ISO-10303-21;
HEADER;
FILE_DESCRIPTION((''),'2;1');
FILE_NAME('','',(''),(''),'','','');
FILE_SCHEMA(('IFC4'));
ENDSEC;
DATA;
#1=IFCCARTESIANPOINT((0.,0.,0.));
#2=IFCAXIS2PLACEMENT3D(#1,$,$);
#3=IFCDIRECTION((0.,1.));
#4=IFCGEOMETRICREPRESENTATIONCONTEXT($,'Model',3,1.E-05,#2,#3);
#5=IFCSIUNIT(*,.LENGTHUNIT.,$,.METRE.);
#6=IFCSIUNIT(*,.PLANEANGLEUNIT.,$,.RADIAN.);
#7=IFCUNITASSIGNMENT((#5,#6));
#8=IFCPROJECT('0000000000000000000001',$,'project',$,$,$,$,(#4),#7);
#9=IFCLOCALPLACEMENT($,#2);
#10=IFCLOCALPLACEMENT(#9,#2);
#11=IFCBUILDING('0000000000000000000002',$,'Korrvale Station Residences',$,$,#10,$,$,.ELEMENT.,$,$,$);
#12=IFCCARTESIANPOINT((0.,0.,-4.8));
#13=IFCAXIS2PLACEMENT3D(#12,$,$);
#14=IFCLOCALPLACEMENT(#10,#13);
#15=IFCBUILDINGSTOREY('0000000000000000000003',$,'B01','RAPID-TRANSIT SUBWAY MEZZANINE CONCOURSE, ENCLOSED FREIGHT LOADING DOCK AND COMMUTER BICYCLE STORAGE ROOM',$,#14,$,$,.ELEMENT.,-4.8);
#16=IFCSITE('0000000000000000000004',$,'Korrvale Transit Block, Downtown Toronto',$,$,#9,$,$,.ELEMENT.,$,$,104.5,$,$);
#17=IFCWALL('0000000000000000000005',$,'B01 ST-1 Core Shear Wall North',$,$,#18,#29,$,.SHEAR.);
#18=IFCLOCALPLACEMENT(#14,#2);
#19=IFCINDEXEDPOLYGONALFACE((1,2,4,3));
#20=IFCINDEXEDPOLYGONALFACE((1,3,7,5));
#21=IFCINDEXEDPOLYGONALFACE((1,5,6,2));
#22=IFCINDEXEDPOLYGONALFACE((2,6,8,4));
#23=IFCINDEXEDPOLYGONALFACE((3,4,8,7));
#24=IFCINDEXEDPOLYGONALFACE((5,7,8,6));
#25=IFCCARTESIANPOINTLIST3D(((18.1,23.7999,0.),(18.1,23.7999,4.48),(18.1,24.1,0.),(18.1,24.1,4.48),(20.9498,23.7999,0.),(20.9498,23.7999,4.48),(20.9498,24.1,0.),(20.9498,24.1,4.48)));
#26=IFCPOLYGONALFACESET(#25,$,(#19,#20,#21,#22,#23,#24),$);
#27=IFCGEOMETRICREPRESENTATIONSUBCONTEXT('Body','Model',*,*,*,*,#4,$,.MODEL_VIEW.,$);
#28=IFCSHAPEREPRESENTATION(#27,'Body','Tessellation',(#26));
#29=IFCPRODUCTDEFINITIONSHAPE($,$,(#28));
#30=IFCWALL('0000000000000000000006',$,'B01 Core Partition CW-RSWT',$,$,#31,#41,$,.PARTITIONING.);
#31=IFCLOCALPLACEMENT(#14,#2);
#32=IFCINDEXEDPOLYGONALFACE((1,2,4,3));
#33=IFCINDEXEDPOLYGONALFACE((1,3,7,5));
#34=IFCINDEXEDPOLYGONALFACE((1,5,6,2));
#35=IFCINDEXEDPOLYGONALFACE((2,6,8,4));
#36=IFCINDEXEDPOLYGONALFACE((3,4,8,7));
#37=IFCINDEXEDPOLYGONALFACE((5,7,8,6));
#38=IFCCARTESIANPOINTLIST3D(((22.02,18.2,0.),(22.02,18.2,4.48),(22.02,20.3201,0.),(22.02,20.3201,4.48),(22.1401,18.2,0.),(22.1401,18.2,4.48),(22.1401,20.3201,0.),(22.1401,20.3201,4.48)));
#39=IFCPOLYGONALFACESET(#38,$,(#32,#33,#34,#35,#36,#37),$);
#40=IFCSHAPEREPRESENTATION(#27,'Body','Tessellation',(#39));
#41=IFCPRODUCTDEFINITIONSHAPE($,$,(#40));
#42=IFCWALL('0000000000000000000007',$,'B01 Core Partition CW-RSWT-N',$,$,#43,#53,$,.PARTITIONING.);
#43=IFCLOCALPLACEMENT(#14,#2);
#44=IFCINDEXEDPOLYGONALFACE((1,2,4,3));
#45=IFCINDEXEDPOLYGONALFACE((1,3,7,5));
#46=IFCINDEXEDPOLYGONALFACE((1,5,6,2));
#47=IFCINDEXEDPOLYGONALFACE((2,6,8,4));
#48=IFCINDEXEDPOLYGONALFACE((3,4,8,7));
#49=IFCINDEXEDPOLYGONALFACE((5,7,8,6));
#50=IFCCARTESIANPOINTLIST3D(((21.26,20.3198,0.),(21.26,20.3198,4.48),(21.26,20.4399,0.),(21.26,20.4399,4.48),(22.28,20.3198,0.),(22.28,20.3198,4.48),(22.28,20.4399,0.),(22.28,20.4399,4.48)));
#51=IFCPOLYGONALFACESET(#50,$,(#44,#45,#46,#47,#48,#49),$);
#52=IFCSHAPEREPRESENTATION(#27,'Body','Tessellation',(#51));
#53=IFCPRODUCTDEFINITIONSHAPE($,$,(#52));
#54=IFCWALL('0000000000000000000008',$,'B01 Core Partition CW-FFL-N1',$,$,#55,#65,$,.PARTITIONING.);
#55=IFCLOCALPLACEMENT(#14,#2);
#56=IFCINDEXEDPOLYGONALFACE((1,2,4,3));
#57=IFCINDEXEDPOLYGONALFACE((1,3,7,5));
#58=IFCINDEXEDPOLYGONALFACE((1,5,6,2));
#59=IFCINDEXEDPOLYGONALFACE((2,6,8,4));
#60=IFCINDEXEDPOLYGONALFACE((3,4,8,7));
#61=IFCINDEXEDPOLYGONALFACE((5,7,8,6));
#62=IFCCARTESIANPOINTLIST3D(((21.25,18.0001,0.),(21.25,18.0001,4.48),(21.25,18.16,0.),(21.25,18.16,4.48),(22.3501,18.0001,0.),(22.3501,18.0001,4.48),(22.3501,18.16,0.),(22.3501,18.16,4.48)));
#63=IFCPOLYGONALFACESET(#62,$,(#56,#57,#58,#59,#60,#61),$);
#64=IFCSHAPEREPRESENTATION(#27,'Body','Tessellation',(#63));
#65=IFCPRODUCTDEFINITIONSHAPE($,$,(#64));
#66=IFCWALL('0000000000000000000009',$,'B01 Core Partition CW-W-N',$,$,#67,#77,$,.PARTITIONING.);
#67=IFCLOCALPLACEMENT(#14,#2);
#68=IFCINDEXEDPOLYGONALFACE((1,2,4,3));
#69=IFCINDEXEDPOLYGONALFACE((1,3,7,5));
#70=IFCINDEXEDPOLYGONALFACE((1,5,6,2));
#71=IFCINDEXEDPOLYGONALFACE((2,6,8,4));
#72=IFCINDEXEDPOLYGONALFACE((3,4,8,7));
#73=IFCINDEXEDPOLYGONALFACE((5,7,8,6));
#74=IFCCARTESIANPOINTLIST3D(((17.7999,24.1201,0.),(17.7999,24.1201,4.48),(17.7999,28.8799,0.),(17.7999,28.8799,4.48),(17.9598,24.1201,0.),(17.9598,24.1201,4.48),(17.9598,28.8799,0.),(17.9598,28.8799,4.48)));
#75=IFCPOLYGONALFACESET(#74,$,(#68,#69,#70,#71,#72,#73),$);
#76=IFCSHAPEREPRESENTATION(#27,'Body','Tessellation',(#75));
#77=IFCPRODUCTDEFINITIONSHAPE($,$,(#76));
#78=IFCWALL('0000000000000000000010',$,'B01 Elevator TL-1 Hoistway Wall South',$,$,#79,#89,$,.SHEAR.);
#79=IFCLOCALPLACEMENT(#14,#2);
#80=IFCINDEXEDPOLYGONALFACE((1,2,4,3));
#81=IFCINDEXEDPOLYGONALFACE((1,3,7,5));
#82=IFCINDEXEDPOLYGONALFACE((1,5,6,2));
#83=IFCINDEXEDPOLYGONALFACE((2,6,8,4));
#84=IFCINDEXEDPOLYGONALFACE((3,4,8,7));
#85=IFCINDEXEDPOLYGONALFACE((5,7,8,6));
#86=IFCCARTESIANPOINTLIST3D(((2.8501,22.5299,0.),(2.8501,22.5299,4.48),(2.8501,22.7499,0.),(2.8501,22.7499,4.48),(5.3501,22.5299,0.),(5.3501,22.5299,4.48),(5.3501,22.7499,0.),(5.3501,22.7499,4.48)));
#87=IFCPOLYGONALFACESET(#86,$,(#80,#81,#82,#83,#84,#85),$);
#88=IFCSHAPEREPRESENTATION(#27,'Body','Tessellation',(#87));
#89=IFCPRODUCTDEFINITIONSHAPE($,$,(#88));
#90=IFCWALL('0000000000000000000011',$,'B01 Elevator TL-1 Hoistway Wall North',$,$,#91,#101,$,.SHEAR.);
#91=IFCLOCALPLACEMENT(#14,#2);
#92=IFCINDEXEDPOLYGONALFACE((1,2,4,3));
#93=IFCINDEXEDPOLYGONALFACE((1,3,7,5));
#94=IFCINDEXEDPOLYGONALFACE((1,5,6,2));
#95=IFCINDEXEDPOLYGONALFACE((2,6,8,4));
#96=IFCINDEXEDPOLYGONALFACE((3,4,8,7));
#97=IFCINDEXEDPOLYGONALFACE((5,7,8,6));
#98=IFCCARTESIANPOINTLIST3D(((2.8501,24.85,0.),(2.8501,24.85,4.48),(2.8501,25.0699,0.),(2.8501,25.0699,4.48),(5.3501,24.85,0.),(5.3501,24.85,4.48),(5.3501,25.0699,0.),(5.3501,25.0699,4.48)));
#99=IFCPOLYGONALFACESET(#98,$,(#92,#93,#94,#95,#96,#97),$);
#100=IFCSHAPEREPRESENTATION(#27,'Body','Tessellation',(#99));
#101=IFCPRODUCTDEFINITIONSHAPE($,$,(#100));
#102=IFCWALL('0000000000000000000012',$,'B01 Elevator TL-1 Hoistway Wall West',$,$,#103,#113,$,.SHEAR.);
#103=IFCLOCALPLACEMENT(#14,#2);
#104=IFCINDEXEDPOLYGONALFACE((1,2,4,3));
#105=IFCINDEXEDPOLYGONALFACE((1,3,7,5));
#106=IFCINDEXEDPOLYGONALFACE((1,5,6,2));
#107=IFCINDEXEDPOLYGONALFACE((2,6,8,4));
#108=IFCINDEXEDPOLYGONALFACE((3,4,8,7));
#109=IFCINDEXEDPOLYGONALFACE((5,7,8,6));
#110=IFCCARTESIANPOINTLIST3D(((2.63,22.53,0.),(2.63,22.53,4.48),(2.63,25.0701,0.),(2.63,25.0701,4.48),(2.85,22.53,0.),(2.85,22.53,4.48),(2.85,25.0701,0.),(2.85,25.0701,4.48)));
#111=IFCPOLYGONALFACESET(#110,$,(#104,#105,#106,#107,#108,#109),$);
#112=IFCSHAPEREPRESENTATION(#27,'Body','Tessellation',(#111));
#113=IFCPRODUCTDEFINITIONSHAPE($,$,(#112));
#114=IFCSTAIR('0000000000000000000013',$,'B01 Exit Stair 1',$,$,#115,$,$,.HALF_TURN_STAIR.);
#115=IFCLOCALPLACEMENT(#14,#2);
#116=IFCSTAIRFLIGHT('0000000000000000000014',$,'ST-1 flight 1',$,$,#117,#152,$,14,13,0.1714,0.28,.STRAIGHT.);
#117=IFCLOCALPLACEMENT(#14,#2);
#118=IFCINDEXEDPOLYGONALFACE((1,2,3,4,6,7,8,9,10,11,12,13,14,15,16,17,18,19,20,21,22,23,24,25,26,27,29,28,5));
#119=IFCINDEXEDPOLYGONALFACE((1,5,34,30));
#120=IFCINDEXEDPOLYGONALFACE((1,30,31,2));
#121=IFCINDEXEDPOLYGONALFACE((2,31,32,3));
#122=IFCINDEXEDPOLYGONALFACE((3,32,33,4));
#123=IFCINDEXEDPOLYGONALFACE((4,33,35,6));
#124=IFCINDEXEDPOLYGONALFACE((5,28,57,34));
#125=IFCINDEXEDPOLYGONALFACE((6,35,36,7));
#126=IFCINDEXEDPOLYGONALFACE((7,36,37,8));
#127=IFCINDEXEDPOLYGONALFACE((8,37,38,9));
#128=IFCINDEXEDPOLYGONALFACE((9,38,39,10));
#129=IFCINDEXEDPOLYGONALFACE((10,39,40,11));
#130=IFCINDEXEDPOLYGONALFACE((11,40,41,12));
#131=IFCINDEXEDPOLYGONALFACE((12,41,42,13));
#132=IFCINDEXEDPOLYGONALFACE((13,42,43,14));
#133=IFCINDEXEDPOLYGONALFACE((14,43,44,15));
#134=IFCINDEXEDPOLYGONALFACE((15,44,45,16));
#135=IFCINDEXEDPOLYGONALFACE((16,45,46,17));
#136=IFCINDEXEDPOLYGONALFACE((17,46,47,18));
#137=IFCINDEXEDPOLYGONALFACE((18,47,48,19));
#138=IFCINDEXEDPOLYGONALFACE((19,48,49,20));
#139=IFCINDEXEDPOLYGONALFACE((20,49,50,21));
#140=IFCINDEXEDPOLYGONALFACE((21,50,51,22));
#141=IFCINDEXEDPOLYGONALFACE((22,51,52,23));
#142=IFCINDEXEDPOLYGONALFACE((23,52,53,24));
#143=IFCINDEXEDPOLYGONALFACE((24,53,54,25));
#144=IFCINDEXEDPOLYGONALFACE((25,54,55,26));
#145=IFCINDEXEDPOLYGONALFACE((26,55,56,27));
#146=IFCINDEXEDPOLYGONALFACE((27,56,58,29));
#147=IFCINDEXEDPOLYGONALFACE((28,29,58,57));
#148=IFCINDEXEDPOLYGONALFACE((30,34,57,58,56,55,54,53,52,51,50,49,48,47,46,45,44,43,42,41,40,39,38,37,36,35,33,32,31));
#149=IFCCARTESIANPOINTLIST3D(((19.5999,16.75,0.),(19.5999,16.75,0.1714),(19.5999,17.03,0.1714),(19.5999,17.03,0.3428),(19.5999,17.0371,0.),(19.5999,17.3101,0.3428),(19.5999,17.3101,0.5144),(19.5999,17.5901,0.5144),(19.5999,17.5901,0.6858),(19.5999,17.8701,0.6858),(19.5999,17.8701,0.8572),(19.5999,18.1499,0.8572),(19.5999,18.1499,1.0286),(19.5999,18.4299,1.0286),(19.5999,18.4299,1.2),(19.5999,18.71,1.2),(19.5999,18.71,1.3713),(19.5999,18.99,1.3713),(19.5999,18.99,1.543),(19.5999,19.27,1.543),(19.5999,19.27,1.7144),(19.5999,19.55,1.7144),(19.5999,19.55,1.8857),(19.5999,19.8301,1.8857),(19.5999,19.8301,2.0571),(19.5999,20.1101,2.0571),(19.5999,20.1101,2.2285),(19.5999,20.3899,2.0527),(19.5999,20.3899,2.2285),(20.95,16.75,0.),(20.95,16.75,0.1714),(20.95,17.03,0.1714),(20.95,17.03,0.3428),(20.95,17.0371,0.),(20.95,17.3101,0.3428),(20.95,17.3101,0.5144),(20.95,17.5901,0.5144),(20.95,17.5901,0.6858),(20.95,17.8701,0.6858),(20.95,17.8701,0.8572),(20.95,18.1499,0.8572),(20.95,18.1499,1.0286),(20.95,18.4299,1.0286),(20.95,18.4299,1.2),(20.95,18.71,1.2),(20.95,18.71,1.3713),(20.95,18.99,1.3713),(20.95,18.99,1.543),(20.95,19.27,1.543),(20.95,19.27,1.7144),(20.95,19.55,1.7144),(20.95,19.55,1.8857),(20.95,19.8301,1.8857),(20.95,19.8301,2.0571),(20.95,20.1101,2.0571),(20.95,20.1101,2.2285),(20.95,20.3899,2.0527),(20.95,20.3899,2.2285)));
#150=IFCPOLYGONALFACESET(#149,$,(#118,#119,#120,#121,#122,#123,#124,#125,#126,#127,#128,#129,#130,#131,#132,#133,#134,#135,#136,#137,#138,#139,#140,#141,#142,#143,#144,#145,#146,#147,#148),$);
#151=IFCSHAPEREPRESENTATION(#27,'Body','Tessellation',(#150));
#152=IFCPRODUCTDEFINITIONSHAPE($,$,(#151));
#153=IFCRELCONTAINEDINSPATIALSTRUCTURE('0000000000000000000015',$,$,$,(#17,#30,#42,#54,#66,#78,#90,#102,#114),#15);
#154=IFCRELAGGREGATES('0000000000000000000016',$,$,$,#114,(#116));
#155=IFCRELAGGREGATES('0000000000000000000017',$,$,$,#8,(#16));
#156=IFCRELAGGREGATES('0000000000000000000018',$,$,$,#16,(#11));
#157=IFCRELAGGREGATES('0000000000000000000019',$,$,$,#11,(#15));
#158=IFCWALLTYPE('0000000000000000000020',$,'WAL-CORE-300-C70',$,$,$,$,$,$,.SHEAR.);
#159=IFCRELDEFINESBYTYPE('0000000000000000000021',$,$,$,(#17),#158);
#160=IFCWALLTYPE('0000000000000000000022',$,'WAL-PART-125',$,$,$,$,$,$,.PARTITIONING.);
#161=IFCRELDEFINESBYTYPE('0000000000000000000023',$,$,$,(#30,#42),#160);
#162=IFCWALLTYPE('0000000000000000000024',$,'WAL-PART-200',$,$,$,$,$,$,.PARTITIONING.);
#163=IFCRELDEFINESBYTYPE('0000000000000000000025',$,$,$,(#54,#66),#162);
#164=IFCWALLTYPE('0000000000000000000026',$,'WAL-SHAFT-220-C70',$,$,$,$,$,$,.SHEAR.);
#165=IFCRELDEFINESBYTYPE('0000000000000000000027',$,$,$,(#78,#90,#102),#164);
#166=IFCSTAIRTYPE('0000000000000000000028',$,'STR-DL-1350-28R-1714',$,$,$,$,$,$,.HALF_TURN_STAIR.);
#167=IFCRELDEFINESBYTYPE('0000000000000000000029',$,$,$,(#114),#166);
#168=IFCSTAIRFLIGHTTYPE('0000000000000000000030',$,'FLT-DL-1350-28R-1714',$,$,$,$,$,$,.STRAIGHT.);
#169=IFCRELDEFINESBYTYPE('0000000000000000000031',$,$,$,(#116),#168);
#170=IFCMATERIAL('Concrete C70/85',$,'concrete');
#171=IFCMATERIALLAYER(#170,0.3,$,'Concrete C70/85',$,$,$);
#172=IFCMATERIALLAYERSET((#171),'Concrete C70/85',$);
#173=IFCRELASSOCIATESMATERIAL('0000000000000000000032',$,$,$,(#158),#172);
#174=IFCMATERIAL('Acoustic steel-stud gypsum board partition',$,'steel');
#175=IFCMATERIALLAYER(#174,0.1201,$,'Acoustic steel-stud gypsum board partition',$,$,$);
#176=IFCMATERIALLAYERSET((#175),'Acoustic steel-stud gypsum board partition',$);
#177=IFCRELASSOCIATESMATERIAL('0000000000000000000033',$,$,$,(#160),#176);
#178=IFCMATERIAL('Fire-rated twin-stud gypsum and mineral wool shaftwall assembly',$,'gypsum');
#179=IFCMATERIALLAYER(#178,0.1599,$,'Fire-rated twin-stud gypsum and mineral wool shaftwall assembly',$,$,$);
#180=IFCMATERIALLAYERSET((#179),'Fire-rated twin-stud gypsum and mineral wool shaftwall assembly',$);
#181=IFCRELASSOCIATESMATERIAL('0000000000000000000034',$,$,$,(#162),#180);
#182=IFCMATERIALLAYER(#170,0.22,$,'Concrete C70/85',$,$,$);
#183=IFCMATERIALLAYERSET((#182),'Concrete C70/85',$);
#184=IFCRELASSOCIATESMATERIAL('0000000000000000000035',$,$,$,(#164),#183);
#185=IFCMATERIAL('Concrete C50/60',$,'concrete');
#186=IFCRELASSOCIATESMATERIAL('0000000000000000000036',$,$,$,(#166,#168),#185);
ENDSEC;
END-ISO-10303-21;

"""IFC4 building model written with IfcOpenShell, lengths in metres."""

from ifc_helpers import new_model, si_unit, direction, frame, frame_2d, origin, place, context, subcontext, project, spatial, polyline, rectangle, outline, extrude, material, layer, layer_set, type_object, element, aggregate, save


model = new_model("IFC4")

# Units and contexts
model_context = context("Model", 3, precision=1e-05, world=origin(), true_north=direction((0.0, 1.0)))
body_context = subcontext(model_context, "Body", "Model", "MODEL_VIEW")
ifc_project = project(units=[si_unit("LENGTHUNIT", "METRE"), si_unit("PLANEANGLEUNIT", "RADIAN")], contexts=[model_context])

# Site, building, storey
site_placement = place(None, origin())
site = spatial("IfcSite", under=ifc_project, at=site_placement, Name="Korrvale Transit Block, Downtown Toronto", CompositionType="ELEMENT", RefElevation=104.5)
building_placement = place(site_placement, origin())
building = spatial("IfcBuilding", under=site, at=building_placement, Name="Korrvale Station Residences", CompositionType="ELEMENT")
storey_placement = place(building_placement, frame((0.0, 0.0, -4.8)))
storey = spatial("IfcBuildingStorey", under=building, at=storey_placement, Name="B01", Description="RAPID-TRANSIT SUBWAY MEZZANINE CONCOURSE, ENCLOSED FREIGHT LOADING DOCK AND COMMUTER BICYCLE STORAGE ROOM", CompositionType="ELEMENT", Elevation=-4.8)

# Shared definitions
ifc_material_1 = material(Name="Concrete C70/85", Category="concrete")
ifc_material_2 = material(Name="Concrete C50/60", Category="concrete")

# Walls
ifc_layer_1 = layer(ifc_material_1, 0.3, Name="Concrete C70/85")
ifc_layer_set_1 = layer_set([ifc_layer_1], Name="Concrete C70/85")
wall_type_1 = type_object("IfcWallType", Name="WAL-CORE-300-C70", PredefinedType="SHEAR", material=ifc_layer_set_1)
wall_1_placement = place(storey_placement, frame((18.1001, 23.95, 0.0), z_axis=(0.0, 0.0, 1.0), x_axis=(1.0, 0.0, 0.0)))
element("IfcWall", 1, at=wall_1_placement, inside=storey, type_object=wall_type_1, Name="B01 ST-1 Core Shear Wall North", PredefinedType="SHEAR", context=body_context, shape_type="SweptSolid", body=[
    extrude(rectangle(XDim=2.8499, YDim=0.3, at=frame_2d((1.4248, 0.0))), origin(), (0.0, 0.0, 1.0), 4.48),
])
ifc_material_3 = material(Name="Acoustic steel-stud gypsum board partition", Category="steel")
ifc_layer_2 = layer(ifc_material_3, 0.1201, Name="Acoustic steel-stud gypsum board partition")
ifc_layer_set_2 = layer_set([ifc_layer_2], Name="Acoustic steel-stud gypsum board partition")
wall_type_2 = type_object("IfcWallType", Name="WAL-PART-125", PredefinedType="PARTITIONING", material=ifc_layer_set_2)
wall_2_placement = place(storey_placement, frame((22.0801, 18.2, 0.0), z_axis=(0.0, 0.0, 1.0), x_axis=(0.0, 1.0, 0.0)))
element("IfcWall", 2, at=wall_2_placement, inside=storey, type_object=wall_type_2, Name="B01 Core Partition CW-RSWT", PredefinedType="PARTITIONING", context=body_context, shape_type="SweptSolid", body=[
    extrude(rectangle(XDim=2.1201, YDim=0.1201, at=frame_2d((1.0601, 0.0))), origin(), (0.0, 0.0, 1.0), 4.48),
])
wall_3_placement = place(storey_placement, frame((22.28, 20.3799, 0.0), z_axis=(0.0, 0.0, 1.0), x_axis=(-1.0, 0.0, 0.0)))
element("IfcWall", 3, at=wall_3_placement, inside=storey, type_object=wall_type_2, Name="B01 Core Partition CW-RSWT-N", PredefinedType="PARTITIONING", context=body_context, shape_type="SweptSolid", body=[
    extrude(rectangle(XDim=1.02, YDim=0.1201, at=frame_2d((0.51, 0.0))), origin(), (0.0, 0.0, 1.0), 4.48),
])
ifc_material_4 = material(Name="Fire-rated twin-stud gypsum and mineral wool shaftwall assembly", Category="gypsum")
ifc_layer_3 = layer(ifc_material_4, 0.1599, Name="Fire-rated twin-stud gypsum and mineral wool shaftwall assembly")
ifc_layer_set_3 = layer_set([ifc_layer_3], Name="Fire-rated twin-stud gypsum and mineral wool shaftwall assembly")
wall_type_3 = type_object("IfcWallType", Name="WAL-PART-200", PredefinedType="PARTITIONING", material=ifc_layer_set_3)
wall_4_placement = place(storey_placement, frame((21.25, 18.0801, 0.0), z_axis=(0.0, 0.0, 1.0), x_axis=(1.0, 0.0, 0.0)))
element("IfcWall", 4, at=wall_4_placement, inside=storey, type_object=wall_type_3, Name="B01 Core Partition CW-FFL-N1", PredefinedType="PARTITIONING", context=body_context, shape_type="SweptSolid", body=[
    extrude(rectangle(XDim=1.1001, YDim=0.1599, at=frame_2d((0.55, 0.0))), origin(), (0.0, 0.0, 1.0), 4.48),
])
wall_5_placement = place(storey_placement, frame((17.8799, 24.1201, 0.0), z_axis=(0.0, 0.0, 1.0), x_axis=(0.0, 1.0, 0.0)))
element("IfcWall", 5, at=wall_5_placement, inside=storey, type_object=wall_type_3, Name="B01 Core Partition CW-W-N", PredefinedType="PARTITIONING", context=body_context, shape_type="SweptSolid", body=[
    extrude(rectangle(XDim=4.7598, YDim=0.1599, at=frame_2d((2.3799, 0.0))), origin(), (0.0, 0.0, 1.0), 4.48),
])
ifc_layer_4 = layer(ifc_material_1, 0.22, Name="Concrete C70/85")
ifc_layer_set_4 = layer_set([ifc_layer_4], Name="Concrete C70/85")
wall_type_4 = type_object("IfcWallType", Name="WAL-SHAFT-220-C70", PredefinedType="SHEAR", material=ifc_layer_set_4)
for number, where, z_axis, x_axis, name in (
    (6, (2.8501, 22.6399, 0.0), (0.0, 0.0, 1.0), (1.0, 0.0, 0.0), "B01 Elevator TL-1 Hoistway Wall South"),
    (7, (2.8501, 24.96, 0.0), (0.0, 0.0, 1.0), (1.0, 0.0, 0.0), "B01 Elevator TL-1 Hoistway Wall North"),
):
    element("IfcWall", number, at=place(storey_placement, frame(where, z_axis=z_axis, x_axis=x_axis)), inside=storey, type_object=wall_type_4, Name=name, PredefinedType="SHEAR", context=body_context, shape_type="SweptSolid", body=[
        extrude(rectangle(XDim=2.5, YDim=0.22, at=frame_2d((1.25, 0.0))), origin(), (0.0, 0.0, 1.0), 4.48),
    ])
wall_6_placement = place(storey_placement, frame((2.74, 22.53, 0.0), z_axis=(0.0, 0.0, 1.0), x_axis=(0.0, 1.0, 0.0)))
element("IfcWall", 8, at=wall_6_placement, inside=storey, type_object=wall_type_4, Name="B01 Elevator TL-1 Hoistway Wall West", PredefinedType="SHEAR", context=body_context, shape_type="SweptSolid", body=[
    extrude(rectangle(XDim=2.54, YDim=0.22, at=frame_2d((1.27, 0.0))), origin(), (0.0, 0.0, 1.0), 4.48),
])

# Stair, stair flight
stair_type = type_object("IfcStairType", Name="STR-DL-1350-28R-1714", PredefinedType="HALF_TURN_STAIR", material=ifc_material_2)
stair_placement = place(storey_placement, origin())
stair = element("IfcStair", 9, at=stair_placement, inside=storey, type_object=stair_type, Name="B01 Exit Stair 1", PredefinedType="HALF_TURN_STAIR")
stair_flight_type = type_object("IfcStairFlightType", Name="FLT-DL-1350-28R-1714", PredefinedType="STRAIGHT", material=ifc_material_2)
stair_flight_1_placement = place(storey_placement, frame((20.2749, 16.75, 0.0), z_axis=(0.0, 0.0, 1.0), x_axis=(0.0, 1.0, 0.0)))
stair_flight_1 = element("IfcStairFlight", 10, at=stair_flight_1_placement, type_object=stair_flight_type, Name="ST-1 flight 1", NumberOfRisers=14, NumberOfTreads=13, PredefinedType="STRAIGHT", RiserHeight=0.1714, TreadLength=0.28, context=body_context, shape_type="SweptSolid", body=[
    extrude(outline(polyline([(0.0, 0.0), (0.0, 0.1714), (0.28, 0.1714), (0.28, 0.3428), (0.5601, 0.3428), (0.5601, 0.5144), (0.8401, 0.5144), (0.8401, 0.6858), (1.1201, 0.6858), (1.1201, 0.8572), (1.3999, 0.8572), (1.3999, 1.0286), (1.6799, 1.0286), (1.6799, 1.2), (1.96, 1.2), (1.96, 1.3713), (2.24, 1.3713), (2.24, 1.543), (2.52, 1.543), (2.52, 1.7144), (2.8, 1.7144), (2.8, 1.8857), (3.0801, 1.8857), (3.0801, 2.0571), (3.3601, 2.0571), (3.3601, 2.2285), (3.6399, 2.2285), (3.6399, 2.3999), (3.6399, 2.0527), (0.2871, 0.0), (0.0, 0.0)])), frame((0.0, 0.675, 0.0), z_axis=(0.0, -1.0, 0.0), x_axis=(1.0, 0.0, 0.0)), (0.0, 0.0, 1.0), 1.3501),
])
aggregate(stair, [stair_flight_1])

save(model, "model.ifc")
